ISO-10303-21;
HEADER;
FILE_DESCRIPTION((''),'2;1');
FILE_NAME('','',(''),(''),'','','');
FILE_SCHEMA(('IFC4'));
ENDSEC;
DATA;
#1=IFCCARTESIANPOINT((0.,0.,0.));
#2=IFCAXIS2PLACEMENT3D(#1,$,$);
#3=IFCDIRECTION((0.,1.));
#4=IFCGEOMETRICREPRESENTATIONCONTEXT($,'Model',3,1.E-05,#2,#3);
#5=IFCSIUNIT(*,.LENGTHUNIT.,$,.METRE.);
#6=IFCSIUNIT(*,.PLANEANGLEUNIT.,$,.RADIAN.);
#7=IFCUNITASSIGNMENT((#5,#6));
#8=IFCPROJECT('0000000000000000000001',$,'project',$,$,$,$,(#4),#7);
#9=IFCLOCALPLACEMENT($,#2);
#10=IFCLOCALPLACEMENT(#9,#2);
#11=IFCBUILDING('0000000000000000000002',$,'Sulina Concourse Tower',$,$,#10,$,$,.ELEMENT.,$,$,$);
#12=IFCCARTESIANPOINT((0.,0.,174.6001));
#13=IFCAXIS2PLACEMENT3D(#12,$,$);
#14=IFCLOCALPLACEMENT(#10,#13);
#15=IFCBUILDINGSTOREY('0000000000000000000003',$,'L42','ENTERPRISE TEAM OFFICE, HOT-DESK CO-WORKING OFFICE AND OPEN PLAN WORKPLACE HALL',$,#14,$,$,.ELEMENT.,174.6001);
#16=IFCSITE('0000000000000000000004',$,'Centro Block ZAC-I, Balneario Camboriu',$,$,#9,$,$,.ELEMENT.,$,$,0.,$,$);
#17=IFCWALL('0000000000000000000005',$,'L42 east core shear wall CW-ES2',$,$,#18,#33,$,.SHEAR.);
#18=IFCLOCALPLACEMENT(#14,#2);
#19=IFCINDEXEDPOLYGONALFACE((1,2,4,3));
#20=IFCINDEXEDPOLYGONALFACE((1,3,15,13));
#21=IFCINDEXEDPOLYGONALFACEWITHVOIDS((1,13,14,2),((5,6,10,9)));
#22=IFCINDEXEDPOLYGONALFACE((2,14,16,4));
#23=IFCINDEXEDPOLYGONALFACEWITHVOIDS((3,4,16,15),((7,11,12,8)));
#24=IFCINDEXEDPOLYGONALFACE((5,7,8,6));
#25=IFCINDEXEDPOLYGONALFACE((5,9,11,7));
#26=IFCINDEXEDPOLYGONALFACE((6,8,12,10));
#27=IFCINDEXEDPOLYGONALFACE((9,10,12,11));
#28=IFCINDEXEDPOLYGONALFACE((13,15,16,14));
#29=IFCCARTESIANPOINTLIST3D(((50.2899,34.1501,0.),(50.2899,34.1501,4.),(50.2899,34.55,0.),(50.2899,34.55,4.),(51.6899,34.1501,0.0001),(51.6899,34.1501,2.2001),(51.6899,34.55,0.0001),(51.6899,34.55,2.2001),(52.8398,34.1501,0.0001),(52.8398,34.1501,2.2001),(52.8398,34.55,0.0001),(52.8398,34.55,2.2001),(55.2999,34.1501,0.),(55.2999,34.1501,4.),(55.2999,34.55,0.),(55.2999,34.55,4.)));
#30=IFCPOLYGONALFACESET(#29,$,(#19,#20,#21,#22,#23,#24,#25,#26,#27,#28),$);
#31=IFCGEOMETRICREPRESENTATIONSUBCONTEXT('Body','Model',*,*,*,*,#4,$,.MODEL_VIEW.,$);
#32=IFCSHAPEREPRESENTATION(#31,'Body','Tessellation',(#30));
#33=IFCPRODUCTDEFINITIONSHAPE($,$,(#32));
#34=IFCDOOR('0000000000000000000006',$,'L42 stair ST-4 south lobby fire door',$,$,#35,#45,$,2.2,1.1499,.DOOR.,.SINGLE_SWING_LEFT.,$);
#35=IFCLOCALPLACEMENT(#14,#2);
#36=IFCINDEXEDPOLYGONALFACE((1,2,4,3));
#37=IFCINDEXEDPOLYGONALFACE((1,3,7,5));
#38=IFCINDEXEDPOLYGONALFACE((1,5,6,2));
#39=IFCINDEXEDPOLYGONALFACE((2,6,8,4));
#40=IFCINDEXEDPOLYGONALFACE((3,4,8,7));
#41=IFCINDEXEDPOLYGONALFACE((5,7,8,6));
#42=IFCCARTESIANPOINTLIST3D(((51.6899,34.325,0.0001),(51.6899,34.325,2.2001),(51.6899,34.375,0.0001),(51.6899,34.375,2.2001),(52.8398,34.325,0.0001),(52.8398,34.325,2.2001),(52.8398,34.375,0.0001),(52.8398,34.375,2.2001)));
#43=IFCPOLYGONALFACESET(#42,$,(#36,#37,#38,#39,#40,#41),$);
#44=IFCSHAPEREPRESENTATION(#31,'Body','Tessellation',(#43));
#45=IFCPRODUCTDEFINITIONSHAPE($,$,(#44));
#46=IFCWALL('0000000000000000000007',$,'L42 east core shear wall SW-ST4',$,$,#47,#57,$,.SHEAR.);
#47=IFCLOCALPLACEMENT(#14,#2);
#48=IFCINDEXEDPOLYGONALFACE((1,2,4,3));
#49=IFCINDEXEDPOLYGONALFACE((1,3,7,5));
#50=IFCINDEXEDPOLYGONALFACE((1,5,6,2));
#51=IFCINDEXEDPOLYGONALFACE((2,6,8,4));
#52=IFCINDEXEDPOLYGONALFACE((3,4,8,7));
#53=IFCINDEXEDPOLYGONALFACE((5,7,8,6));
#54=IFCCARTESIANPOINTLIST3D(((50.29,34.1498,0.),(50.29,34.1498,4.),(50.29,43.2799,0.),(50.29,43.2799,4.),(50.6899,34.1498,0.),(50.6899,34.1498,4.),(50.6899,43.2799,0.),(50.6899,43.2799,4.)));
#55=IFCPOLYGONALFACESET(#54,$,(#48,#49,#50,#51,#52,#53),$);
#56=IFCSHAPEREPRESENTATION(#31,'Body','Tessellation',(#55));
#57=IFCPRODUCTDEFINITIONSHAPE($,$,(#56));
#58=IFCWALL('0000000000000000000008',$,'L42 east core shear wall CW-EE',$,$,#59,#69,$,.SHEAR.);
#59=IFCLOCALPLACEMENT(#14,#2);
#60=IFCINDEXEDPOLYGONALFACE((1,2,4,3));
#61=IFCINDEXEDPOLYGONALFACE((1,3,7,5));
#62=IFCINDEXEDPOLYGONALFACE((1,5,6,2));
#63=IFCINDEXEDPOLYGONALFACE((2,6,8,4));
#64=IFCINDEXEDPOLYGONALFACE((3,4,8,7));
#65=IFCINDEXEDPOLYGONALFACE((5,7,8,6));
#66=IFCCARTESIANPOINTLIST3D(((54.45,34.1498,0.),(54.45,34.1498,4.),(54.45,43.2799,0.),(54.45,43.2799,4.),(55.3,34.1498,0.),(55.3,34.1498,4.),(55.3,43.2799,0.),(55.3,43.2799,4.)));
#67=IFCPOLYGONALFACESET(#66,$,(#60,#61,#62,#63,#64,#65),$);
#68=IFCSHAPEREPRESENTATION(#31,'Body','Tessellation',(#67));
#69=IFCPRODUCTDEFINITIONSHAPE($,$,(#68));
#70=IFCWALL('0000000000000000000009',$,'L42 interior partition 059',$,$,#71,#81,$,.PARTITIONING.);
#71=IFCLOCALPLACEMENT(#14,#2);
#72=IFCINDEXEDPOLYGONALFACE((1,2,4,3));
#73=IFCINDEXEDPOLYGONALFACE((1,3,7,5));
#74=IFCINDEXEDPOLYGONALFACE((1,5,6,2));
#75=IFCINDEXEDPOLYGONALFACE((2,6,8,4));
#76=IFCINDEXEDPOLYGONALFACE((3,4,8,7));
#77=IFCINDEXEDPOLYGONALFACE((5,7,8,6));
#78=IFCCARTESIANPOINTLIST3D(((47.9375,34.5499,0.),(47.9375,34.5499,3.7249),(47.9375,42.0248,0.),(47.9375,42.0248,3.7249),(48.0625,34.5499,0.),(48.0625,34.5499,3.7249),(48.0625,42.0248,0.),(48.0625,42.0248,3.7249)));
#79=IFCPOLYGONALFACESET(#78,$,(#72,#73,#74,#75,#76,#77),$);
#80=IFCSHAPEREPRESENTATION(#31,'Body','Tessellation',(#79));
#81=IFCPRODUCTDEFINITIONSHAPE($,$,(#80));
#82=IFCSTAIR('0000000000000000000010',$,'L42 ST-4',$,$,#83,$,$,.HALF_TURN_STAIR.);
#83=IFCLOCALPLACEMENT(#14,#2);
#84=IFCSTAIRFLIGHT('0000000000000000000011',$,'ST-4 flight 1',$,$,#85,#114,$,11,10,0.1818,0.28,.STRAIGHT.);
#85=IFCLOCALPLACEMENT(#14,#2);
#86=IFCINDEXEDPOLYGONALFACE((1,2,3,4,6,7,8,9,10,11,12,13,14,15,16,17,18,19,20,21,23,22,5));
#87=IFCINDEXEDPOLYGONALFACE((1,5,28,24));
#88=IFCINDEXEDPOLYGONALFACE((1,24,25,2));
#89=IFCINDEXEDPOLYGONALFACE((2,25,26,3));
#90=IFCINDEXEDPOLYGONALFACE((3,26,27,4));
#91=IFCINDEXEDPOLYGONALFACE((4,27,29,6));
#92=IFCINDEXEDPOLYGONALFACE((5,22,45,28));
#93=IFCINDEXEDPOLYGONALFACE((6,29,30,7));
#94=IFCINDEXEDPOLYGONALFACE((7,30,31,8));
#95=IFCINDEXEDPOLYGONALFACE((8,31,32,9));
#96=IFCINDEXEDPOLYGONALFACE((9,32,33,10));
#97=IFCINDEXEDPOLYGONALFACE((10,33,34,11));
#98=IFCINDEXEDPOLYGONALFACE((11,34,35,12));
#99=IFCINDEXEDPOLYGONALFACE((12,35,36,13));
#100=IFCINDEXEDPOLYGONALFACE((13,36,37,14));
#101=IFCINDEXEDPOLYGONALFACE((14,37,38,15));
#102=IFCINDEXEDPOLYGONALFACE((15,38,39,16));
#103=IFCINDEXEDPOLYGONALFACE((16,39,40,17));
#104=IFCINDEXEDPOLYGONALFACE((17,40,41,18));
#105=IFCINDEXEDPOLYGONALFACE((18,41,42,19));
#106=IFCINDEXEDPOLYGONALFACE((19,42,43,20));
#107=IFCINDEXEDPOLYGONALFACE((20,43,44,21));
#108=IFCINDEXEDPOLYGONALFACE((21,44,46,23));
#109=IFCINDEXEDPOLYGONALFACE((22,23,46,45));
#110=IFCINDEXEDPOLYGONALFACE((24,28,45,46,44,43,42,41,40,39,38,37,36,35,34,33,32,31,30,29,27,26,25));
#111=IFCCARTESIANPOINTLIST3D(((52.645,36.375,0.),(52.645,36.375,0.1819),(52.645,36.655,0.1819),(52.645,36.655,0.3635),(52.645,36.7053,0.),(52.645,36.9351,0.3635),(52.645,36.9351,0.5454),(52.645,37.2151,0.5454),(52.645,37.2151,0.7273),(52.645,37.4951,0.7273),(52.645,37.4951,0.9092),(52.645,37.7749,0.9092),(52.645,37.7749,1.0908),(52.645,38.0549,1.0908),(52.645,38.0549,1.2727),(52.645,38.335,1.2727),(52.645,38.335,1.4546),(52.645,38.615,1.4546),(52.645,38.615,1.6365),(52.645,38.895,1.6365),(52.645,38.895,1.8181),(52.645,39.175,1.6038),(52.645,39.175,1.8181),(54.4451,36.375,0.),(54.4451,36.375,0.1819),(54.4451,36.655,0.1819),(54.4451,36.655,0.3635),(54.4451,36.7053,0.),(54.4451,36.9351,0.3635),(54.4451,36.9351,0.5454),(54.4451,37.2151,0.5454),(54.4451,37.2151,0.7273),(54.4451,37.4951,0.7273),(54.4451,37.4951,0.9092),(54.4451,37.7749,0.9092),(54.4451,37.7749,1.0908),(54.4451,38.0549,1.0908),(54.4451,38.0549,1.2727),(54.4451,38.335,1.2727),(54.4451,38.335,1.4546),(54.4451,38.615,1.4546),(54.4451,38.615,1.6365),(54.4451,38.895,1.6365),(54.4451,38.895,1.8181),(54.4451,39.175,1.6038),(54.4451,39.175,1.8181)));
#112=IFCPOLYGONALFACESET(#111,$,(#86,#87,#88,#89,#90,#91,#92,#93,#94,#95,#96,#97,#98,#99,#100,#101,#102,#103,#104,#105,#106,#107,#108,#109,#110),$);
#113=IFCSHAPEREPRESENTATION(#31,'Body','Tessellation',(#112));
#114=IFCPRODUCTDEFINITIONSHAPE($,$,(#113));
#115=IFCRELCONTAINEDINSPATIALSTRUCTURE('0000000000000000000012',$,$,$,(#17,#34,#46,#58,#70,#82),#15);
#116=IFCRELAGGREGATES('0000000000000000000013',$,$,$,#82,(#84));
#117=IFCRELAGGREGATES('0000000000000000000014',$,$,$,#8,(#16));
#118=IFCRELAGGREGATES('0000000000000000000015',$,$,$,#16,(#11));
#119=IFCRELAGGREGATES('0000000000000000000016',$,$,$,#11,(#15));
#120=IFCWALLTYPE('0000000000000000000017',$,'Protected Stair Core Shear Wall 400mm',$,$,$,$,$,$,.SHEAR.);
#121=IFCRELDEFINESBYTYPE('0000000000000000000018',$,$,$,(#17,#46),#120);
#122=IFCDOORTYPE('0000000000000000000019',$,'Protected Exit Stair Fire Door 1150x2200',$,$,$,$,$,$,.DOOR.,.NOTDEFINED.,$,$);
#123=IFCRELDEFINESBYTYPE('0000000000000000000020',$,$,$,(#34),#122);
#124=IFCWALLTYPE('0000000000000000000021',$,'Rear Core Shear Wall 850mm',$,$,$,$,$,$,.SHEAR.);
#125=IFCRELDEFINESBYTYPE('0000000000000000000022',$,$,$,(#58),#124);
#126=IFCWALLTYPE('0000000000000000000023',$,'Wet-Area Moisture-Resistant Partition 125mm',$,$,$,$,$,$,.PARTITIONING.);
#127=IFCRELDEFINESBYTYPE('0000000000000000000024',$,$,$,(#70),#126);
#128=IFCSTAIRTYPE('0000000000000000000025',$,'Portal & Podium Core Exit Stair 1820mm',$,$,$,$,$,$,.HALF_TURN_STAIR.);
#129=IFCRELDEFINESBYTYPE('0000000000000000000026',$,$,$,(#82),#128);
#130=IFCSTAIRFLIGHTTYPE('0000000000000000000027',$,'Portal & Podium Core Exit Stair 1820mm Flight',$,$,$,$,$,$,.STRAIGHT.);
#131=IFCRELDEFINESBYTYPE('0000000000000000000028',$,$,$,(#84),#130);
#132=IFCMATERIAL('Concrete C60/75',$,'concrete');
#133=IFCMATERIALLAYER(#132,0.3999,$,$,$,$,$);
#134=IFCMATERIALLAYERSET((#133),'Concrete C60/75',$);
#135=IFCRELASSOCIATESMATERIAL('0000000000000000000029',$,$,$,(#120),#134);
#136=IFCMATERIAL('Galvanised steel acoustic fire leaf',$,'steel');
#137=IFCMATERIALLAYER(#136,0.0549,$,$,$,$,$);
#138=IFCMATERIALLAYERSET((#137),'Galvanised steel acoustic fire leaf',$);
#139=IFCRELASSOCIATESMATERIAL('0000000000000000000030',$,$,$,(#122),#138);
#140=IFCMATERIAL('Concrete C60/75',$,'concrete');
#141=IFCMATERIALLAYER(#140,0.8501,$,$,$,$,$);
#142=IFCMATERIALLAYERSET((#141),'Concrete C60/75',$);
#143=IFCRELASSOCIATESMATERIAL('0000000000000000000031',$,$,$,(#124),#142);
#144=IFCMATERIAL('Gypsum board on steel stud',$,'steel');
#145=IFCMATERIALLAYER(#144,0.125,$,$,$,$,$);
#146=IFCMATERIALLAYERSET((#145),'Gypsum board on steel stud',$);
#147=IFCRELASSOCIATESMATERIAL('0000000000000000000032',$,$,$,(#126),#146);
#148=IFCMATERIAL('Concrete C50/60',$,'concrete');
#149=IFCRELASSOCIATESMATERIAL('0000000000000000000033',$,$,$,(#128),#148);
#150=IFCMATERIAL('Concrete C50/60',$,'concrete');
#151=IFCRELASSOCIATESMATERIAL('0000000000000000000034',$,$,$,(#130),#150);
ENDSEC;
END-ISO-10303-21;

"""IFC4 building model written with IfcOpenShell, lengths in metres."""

from ifc_helpers import new_model, si_unit, direction, frame, frame_2d, origin, place, context, subcontext, project, spatial, polyline, rectangle, outline, extrude, material, layer, layer_set, type_object, element, fill, aggregate, save


model = new_model("IFC4")

# Units and contexts
model_context = context("Model", 3, precision=1e-05, world=origin(), true_north=direction((0.0, 1.0)))
body_context = subcontext(model_context, "Body", "Model", "MODEL_VIEW")
ifc_project = project(units=[si_unit("LENGTHUNIT", "METRE"), si_unit("PLANEANGLEUNIT", "RADIAN")], contexts=[model_context])

# Site, building, storey
site_placement = place(None, origin())
site = spatial("IfcSite", under=ifc_project, at=site_placement, Name="Centro Block ZAC-I, Balneario Camboriu", CompositionType="ELEMENT", RefElevation=0.0)
building_placement = place(site_placement, origin())
building = spatial("IfcBuilding", under=site, at=building_placement, Name="Sulina Concourse Tower", CompositionType="ELEMENT")
storey_placement = place(building_placement, frame((0.0, 0.0, 174.6001)))
storey = spatial("IfcBuildingStorey", under=building, at=storey_placement, Name="L42", Description="ENTERPRISE TEAM OFFICE, HOT-DESK CO-WORKING OFFICE AND OPEN PLAN WORKPLACE HALL", CompositionType="ELEMENT", Elevation=174.6001)

# Shared definitions
ifc_material_1 = material(Name="Concrete C60/75", Category="concrete")
ifc_layer_1 = layer(ifc_material_1, 0.3999)
ifc_layer_set_1 = layer_set([ifc_layer_1], Name="Concrete C60/75")
wall_type_1 = type_object("IfcWallType", Name="Protected Stair Core Shear Wall 400mm", PredefinedType="SHEAR", material=ifc_layer_set_1)

# Wall, opening, door
wall_1_placement = place(storey_placement, frame((50.29, 34.3501, 0.0), z_axis=(0.0, 0.0, 1.0), x_axis=(1.0, 0.0, 0.0)))
wall_1 = element("IfcWall", 1, at=wall_1_placement, inside=storey, type_object=wall_type_1, Name="L42 east core shear wall CW-ES2", PredefinedType="SHEAR", context=body_context, shape_type="SweptSolid", body=[
    extrude(rectangle(XDim=5.01, YDim=0.3999, at=frame_2d((2.5049, 0.0))), origin(), (0.0, 0.0, 1.0), 4.0),
])
opening_1_placement = place(wall_1_placement, frame((1.3999, 0.0, 0.0)))
opening_1 = element("IfcOpeningElement", 2, at=opening_1_placement, cuts=wall_1, PredefinedType="OPENING", context=body_context, shape_type="SweptSolid", body=[
    extrude(rectangle(XDim=1.1499, YDim=2.2, at=frame_2d((0.575, 1.1001))), frame((0.0, 0.21, 0.0), z_axis=(0.0, -1.0, 0.0), x_axis=(1.0, 0.0, 0.0)), (0.0, 0.0, 1.0), 0.4199),
])
ifc_material_2 = material(Name="Galvanised steel acoustic fire leaf", Category="steel")
ifc_layer_2 = layer(ifc_material_2, 0.0549)
ifc_layer_set_2 = layer_set([ifc_layer_2], Name="Galvanised steel acoustic fire leaf")
door_type_1 = type_object("IfcDoorType", Name="Protected Exit Stair Fire Door 1150x2200", OperationType="NOTDEFINED", PredefinedType="DOOR", material=ifc_layer_set_2)
door_1_placement = place(opening_1_placement, origin())
door_1 = element("IfcDoor", 3, at=door_1_placement, inside=storey, type_object=door_type_1, Name="L42 stair ST-4 south lobby fire door", OperationType="SINGLE_SWING_LEFT", OverallHeight=2.2, OverallWidth=1.1499, PredefinedType="DOOR", context=body_context, shape_type="SweptSolid", body=[
    extrude(rectangle(XDim=1.1499, YDim=2.2, at=frame_2d((0.575, 1.1001))), frame((0.0, 0.0249, 0.0), z_axis=(0.0, -1.0, 0.0), x_axis=(1.0, 0.0, 0.0)), (0.0, 0.0, 1.0), 0.05),
])
fill(opening_1, door_1)

# Walls
wall_2_placement = place(storey_placement, frame((50.49, 34.1499, 0.0), z_axis=(0.0, 0.0, 1.0), x_axis=(0.0, 1.0, 0.0)))
element("IfcWall", 4, at=wall_2_placement, inside=storey, type_object=wall_type_1, Name="L42 east core shear wall SW-ST4", PredefinedType="SHEAR", context=body_context, shape_type="SweptSolid", body=[
    extrude(rectangle(XDim=9.1301, YDim=0.3999, at=frame_2d((4.5649, 0.0))), origin(), (0.0, 0.0, 1.0), 4.0),
])
ifc_material_3 = material(Name="Concrete C60/75", Category="concrete")
ifc_layer_3 = layer(ifc_material_3, 0.8501)
ifc_layer_set_3 = layer_set([ifc_layer_3], Name="Concrete C60/75")
wall_type_2 = type_object("IfcWallType", Name="Rear Core Shear Wall 850mm", PredefinedType="SHEAR", material=ifc_layer_set_3)
wall_3_placement = place(storey_placement, frame((54.875, 34.1499, 0.0), z_axis=(0.0, 0.0, 1.0), x_axis=(0.0, 1.0, 0.0)))
element("IfcWall", 5, at=wall_3_placement, inside=storey, type_object=wall_type_2, Name="L42 east core shear wall CW-EE", PredefinedType="SHEAR", context=body_context, shape_type="SweptSolid", body=[
    extrude(rectangle(XDim=9.1301, YDim=0.8501, at=frame_2d((4.5649, 0.0))), origin(), (0.0, 0.0, 1.0), 4.0),
])
ifc_material_4 = material(Name="Gypsum board on steel stud", Category="steel")
ifc_layer_4 = layer(ifc_material_4, 0.125)
ifc_layer_set_4 = layer_set([ifc_layer_4], Name="Gypsum board on steel stud")
wall_type_3 = type_object("IfcWallType", Name="Wet-Area Moisture-Resistant Partition 125mm", PredefinedType="PARTITIONING", material=ifc_layer_set_4)
wall_4_placement = place(storey_placement, frame((48.0, 34.55, 0.0), z_axis=(0.0, 0.0, 1.0), x_axis=(0.0, 1.0, 0.0)))
element("IfcWall", 6, at=wall_4_placement, inside=storey, type_object=wall_type_3, Name="L42 interior partition 059", PredefinedType="PARTITIONING", context=body_context, shape_type="SweptSolid", body=[
    extrude(rectangle(XDim=7.4749, YDim=0.125, at=frame_2d((3.7373, 0.0))), origin(), (0.0, 0.0, 1.0), 3.7249),
])

# Stair, stair flight
ifc_material_5 = material(Name="Concrete C50/60", Category="concrete")
stair_type = type_object("IfcStairType", Name="Portal & Podium Core Exit Stair 1820mm", PredefinedType="HALF_TURN_STAIR", material=ifc_material_5)
stair_placement = place(storey_placement, origin())
stair = element("IfcStair", 7, at=stair_placement, inside=storey, type_object=stair_type, Name="L42 ST-4", PredefinedType="HALF_TURN_STAIR")
ifc_material_6 = material(Name="Concrete C50/60", Category="concrete")
stair_flight_type = type_object("IfcStairFlightType", Name="Portal & Podium Core Exit Stair 1820mm Flight", PredefinedType="STRAIGHT", material=ifc_material_6)
stair_flight_placement = place(storey_placement, frame((53.5449, 36.375, 0.0), z_axis=(0.0, 0.0, 1.0), x_axis=(0.0, 1.0, 0.0)))
stair_flight = element("IfcStairFlight", 8, at=stair_flight_placement, type_object=stair_flight_type, Name="ST-4 flight 1", NumberOfRisers=11, NumberOfTreads=10, PredefinedType="STRAIGHT", RiserHeight=0.1818, TreadLength=0.28, context=body_context, shape_type="SweptSolid", body=[
    extrude(outline(polyline([(0.0, 0.0), (0.0, 0.1819), (0.28, 0.1819), (0.28, 0.3635), (0.5601, 0.3635), (0.5601, 0.5454), (0.8401, 0.5454), (0.8401, 0.7273), (1.1201, 0.7273), (1.1201, 0.9092), (1.3999, 0.9092), (1.3999, 1.0908), (1.6799, 1.0908), (1.6799, 1.2727), (1.96, 1.2727), (1.96, 1.4546), (2.24, 1.4546), (2.24, 1.6365), (2.52, 1.6365), (2.52, 1.8181), (2.8, 1.8181), (2.8, 2.0), (2.8, 1.6038), (0.3303, 0.0), (0.0, 0.0)])), frame((0.0, 0.8999, 0.0), z_axis=(0.0, -1.0, 0.0), x_axis=(1.0, 0.0, 0.0)), (0.0, 0.0, 1.0), 1.8),
])
aggregate(stair, [stair_flight])

save(model, "model.ifc")
